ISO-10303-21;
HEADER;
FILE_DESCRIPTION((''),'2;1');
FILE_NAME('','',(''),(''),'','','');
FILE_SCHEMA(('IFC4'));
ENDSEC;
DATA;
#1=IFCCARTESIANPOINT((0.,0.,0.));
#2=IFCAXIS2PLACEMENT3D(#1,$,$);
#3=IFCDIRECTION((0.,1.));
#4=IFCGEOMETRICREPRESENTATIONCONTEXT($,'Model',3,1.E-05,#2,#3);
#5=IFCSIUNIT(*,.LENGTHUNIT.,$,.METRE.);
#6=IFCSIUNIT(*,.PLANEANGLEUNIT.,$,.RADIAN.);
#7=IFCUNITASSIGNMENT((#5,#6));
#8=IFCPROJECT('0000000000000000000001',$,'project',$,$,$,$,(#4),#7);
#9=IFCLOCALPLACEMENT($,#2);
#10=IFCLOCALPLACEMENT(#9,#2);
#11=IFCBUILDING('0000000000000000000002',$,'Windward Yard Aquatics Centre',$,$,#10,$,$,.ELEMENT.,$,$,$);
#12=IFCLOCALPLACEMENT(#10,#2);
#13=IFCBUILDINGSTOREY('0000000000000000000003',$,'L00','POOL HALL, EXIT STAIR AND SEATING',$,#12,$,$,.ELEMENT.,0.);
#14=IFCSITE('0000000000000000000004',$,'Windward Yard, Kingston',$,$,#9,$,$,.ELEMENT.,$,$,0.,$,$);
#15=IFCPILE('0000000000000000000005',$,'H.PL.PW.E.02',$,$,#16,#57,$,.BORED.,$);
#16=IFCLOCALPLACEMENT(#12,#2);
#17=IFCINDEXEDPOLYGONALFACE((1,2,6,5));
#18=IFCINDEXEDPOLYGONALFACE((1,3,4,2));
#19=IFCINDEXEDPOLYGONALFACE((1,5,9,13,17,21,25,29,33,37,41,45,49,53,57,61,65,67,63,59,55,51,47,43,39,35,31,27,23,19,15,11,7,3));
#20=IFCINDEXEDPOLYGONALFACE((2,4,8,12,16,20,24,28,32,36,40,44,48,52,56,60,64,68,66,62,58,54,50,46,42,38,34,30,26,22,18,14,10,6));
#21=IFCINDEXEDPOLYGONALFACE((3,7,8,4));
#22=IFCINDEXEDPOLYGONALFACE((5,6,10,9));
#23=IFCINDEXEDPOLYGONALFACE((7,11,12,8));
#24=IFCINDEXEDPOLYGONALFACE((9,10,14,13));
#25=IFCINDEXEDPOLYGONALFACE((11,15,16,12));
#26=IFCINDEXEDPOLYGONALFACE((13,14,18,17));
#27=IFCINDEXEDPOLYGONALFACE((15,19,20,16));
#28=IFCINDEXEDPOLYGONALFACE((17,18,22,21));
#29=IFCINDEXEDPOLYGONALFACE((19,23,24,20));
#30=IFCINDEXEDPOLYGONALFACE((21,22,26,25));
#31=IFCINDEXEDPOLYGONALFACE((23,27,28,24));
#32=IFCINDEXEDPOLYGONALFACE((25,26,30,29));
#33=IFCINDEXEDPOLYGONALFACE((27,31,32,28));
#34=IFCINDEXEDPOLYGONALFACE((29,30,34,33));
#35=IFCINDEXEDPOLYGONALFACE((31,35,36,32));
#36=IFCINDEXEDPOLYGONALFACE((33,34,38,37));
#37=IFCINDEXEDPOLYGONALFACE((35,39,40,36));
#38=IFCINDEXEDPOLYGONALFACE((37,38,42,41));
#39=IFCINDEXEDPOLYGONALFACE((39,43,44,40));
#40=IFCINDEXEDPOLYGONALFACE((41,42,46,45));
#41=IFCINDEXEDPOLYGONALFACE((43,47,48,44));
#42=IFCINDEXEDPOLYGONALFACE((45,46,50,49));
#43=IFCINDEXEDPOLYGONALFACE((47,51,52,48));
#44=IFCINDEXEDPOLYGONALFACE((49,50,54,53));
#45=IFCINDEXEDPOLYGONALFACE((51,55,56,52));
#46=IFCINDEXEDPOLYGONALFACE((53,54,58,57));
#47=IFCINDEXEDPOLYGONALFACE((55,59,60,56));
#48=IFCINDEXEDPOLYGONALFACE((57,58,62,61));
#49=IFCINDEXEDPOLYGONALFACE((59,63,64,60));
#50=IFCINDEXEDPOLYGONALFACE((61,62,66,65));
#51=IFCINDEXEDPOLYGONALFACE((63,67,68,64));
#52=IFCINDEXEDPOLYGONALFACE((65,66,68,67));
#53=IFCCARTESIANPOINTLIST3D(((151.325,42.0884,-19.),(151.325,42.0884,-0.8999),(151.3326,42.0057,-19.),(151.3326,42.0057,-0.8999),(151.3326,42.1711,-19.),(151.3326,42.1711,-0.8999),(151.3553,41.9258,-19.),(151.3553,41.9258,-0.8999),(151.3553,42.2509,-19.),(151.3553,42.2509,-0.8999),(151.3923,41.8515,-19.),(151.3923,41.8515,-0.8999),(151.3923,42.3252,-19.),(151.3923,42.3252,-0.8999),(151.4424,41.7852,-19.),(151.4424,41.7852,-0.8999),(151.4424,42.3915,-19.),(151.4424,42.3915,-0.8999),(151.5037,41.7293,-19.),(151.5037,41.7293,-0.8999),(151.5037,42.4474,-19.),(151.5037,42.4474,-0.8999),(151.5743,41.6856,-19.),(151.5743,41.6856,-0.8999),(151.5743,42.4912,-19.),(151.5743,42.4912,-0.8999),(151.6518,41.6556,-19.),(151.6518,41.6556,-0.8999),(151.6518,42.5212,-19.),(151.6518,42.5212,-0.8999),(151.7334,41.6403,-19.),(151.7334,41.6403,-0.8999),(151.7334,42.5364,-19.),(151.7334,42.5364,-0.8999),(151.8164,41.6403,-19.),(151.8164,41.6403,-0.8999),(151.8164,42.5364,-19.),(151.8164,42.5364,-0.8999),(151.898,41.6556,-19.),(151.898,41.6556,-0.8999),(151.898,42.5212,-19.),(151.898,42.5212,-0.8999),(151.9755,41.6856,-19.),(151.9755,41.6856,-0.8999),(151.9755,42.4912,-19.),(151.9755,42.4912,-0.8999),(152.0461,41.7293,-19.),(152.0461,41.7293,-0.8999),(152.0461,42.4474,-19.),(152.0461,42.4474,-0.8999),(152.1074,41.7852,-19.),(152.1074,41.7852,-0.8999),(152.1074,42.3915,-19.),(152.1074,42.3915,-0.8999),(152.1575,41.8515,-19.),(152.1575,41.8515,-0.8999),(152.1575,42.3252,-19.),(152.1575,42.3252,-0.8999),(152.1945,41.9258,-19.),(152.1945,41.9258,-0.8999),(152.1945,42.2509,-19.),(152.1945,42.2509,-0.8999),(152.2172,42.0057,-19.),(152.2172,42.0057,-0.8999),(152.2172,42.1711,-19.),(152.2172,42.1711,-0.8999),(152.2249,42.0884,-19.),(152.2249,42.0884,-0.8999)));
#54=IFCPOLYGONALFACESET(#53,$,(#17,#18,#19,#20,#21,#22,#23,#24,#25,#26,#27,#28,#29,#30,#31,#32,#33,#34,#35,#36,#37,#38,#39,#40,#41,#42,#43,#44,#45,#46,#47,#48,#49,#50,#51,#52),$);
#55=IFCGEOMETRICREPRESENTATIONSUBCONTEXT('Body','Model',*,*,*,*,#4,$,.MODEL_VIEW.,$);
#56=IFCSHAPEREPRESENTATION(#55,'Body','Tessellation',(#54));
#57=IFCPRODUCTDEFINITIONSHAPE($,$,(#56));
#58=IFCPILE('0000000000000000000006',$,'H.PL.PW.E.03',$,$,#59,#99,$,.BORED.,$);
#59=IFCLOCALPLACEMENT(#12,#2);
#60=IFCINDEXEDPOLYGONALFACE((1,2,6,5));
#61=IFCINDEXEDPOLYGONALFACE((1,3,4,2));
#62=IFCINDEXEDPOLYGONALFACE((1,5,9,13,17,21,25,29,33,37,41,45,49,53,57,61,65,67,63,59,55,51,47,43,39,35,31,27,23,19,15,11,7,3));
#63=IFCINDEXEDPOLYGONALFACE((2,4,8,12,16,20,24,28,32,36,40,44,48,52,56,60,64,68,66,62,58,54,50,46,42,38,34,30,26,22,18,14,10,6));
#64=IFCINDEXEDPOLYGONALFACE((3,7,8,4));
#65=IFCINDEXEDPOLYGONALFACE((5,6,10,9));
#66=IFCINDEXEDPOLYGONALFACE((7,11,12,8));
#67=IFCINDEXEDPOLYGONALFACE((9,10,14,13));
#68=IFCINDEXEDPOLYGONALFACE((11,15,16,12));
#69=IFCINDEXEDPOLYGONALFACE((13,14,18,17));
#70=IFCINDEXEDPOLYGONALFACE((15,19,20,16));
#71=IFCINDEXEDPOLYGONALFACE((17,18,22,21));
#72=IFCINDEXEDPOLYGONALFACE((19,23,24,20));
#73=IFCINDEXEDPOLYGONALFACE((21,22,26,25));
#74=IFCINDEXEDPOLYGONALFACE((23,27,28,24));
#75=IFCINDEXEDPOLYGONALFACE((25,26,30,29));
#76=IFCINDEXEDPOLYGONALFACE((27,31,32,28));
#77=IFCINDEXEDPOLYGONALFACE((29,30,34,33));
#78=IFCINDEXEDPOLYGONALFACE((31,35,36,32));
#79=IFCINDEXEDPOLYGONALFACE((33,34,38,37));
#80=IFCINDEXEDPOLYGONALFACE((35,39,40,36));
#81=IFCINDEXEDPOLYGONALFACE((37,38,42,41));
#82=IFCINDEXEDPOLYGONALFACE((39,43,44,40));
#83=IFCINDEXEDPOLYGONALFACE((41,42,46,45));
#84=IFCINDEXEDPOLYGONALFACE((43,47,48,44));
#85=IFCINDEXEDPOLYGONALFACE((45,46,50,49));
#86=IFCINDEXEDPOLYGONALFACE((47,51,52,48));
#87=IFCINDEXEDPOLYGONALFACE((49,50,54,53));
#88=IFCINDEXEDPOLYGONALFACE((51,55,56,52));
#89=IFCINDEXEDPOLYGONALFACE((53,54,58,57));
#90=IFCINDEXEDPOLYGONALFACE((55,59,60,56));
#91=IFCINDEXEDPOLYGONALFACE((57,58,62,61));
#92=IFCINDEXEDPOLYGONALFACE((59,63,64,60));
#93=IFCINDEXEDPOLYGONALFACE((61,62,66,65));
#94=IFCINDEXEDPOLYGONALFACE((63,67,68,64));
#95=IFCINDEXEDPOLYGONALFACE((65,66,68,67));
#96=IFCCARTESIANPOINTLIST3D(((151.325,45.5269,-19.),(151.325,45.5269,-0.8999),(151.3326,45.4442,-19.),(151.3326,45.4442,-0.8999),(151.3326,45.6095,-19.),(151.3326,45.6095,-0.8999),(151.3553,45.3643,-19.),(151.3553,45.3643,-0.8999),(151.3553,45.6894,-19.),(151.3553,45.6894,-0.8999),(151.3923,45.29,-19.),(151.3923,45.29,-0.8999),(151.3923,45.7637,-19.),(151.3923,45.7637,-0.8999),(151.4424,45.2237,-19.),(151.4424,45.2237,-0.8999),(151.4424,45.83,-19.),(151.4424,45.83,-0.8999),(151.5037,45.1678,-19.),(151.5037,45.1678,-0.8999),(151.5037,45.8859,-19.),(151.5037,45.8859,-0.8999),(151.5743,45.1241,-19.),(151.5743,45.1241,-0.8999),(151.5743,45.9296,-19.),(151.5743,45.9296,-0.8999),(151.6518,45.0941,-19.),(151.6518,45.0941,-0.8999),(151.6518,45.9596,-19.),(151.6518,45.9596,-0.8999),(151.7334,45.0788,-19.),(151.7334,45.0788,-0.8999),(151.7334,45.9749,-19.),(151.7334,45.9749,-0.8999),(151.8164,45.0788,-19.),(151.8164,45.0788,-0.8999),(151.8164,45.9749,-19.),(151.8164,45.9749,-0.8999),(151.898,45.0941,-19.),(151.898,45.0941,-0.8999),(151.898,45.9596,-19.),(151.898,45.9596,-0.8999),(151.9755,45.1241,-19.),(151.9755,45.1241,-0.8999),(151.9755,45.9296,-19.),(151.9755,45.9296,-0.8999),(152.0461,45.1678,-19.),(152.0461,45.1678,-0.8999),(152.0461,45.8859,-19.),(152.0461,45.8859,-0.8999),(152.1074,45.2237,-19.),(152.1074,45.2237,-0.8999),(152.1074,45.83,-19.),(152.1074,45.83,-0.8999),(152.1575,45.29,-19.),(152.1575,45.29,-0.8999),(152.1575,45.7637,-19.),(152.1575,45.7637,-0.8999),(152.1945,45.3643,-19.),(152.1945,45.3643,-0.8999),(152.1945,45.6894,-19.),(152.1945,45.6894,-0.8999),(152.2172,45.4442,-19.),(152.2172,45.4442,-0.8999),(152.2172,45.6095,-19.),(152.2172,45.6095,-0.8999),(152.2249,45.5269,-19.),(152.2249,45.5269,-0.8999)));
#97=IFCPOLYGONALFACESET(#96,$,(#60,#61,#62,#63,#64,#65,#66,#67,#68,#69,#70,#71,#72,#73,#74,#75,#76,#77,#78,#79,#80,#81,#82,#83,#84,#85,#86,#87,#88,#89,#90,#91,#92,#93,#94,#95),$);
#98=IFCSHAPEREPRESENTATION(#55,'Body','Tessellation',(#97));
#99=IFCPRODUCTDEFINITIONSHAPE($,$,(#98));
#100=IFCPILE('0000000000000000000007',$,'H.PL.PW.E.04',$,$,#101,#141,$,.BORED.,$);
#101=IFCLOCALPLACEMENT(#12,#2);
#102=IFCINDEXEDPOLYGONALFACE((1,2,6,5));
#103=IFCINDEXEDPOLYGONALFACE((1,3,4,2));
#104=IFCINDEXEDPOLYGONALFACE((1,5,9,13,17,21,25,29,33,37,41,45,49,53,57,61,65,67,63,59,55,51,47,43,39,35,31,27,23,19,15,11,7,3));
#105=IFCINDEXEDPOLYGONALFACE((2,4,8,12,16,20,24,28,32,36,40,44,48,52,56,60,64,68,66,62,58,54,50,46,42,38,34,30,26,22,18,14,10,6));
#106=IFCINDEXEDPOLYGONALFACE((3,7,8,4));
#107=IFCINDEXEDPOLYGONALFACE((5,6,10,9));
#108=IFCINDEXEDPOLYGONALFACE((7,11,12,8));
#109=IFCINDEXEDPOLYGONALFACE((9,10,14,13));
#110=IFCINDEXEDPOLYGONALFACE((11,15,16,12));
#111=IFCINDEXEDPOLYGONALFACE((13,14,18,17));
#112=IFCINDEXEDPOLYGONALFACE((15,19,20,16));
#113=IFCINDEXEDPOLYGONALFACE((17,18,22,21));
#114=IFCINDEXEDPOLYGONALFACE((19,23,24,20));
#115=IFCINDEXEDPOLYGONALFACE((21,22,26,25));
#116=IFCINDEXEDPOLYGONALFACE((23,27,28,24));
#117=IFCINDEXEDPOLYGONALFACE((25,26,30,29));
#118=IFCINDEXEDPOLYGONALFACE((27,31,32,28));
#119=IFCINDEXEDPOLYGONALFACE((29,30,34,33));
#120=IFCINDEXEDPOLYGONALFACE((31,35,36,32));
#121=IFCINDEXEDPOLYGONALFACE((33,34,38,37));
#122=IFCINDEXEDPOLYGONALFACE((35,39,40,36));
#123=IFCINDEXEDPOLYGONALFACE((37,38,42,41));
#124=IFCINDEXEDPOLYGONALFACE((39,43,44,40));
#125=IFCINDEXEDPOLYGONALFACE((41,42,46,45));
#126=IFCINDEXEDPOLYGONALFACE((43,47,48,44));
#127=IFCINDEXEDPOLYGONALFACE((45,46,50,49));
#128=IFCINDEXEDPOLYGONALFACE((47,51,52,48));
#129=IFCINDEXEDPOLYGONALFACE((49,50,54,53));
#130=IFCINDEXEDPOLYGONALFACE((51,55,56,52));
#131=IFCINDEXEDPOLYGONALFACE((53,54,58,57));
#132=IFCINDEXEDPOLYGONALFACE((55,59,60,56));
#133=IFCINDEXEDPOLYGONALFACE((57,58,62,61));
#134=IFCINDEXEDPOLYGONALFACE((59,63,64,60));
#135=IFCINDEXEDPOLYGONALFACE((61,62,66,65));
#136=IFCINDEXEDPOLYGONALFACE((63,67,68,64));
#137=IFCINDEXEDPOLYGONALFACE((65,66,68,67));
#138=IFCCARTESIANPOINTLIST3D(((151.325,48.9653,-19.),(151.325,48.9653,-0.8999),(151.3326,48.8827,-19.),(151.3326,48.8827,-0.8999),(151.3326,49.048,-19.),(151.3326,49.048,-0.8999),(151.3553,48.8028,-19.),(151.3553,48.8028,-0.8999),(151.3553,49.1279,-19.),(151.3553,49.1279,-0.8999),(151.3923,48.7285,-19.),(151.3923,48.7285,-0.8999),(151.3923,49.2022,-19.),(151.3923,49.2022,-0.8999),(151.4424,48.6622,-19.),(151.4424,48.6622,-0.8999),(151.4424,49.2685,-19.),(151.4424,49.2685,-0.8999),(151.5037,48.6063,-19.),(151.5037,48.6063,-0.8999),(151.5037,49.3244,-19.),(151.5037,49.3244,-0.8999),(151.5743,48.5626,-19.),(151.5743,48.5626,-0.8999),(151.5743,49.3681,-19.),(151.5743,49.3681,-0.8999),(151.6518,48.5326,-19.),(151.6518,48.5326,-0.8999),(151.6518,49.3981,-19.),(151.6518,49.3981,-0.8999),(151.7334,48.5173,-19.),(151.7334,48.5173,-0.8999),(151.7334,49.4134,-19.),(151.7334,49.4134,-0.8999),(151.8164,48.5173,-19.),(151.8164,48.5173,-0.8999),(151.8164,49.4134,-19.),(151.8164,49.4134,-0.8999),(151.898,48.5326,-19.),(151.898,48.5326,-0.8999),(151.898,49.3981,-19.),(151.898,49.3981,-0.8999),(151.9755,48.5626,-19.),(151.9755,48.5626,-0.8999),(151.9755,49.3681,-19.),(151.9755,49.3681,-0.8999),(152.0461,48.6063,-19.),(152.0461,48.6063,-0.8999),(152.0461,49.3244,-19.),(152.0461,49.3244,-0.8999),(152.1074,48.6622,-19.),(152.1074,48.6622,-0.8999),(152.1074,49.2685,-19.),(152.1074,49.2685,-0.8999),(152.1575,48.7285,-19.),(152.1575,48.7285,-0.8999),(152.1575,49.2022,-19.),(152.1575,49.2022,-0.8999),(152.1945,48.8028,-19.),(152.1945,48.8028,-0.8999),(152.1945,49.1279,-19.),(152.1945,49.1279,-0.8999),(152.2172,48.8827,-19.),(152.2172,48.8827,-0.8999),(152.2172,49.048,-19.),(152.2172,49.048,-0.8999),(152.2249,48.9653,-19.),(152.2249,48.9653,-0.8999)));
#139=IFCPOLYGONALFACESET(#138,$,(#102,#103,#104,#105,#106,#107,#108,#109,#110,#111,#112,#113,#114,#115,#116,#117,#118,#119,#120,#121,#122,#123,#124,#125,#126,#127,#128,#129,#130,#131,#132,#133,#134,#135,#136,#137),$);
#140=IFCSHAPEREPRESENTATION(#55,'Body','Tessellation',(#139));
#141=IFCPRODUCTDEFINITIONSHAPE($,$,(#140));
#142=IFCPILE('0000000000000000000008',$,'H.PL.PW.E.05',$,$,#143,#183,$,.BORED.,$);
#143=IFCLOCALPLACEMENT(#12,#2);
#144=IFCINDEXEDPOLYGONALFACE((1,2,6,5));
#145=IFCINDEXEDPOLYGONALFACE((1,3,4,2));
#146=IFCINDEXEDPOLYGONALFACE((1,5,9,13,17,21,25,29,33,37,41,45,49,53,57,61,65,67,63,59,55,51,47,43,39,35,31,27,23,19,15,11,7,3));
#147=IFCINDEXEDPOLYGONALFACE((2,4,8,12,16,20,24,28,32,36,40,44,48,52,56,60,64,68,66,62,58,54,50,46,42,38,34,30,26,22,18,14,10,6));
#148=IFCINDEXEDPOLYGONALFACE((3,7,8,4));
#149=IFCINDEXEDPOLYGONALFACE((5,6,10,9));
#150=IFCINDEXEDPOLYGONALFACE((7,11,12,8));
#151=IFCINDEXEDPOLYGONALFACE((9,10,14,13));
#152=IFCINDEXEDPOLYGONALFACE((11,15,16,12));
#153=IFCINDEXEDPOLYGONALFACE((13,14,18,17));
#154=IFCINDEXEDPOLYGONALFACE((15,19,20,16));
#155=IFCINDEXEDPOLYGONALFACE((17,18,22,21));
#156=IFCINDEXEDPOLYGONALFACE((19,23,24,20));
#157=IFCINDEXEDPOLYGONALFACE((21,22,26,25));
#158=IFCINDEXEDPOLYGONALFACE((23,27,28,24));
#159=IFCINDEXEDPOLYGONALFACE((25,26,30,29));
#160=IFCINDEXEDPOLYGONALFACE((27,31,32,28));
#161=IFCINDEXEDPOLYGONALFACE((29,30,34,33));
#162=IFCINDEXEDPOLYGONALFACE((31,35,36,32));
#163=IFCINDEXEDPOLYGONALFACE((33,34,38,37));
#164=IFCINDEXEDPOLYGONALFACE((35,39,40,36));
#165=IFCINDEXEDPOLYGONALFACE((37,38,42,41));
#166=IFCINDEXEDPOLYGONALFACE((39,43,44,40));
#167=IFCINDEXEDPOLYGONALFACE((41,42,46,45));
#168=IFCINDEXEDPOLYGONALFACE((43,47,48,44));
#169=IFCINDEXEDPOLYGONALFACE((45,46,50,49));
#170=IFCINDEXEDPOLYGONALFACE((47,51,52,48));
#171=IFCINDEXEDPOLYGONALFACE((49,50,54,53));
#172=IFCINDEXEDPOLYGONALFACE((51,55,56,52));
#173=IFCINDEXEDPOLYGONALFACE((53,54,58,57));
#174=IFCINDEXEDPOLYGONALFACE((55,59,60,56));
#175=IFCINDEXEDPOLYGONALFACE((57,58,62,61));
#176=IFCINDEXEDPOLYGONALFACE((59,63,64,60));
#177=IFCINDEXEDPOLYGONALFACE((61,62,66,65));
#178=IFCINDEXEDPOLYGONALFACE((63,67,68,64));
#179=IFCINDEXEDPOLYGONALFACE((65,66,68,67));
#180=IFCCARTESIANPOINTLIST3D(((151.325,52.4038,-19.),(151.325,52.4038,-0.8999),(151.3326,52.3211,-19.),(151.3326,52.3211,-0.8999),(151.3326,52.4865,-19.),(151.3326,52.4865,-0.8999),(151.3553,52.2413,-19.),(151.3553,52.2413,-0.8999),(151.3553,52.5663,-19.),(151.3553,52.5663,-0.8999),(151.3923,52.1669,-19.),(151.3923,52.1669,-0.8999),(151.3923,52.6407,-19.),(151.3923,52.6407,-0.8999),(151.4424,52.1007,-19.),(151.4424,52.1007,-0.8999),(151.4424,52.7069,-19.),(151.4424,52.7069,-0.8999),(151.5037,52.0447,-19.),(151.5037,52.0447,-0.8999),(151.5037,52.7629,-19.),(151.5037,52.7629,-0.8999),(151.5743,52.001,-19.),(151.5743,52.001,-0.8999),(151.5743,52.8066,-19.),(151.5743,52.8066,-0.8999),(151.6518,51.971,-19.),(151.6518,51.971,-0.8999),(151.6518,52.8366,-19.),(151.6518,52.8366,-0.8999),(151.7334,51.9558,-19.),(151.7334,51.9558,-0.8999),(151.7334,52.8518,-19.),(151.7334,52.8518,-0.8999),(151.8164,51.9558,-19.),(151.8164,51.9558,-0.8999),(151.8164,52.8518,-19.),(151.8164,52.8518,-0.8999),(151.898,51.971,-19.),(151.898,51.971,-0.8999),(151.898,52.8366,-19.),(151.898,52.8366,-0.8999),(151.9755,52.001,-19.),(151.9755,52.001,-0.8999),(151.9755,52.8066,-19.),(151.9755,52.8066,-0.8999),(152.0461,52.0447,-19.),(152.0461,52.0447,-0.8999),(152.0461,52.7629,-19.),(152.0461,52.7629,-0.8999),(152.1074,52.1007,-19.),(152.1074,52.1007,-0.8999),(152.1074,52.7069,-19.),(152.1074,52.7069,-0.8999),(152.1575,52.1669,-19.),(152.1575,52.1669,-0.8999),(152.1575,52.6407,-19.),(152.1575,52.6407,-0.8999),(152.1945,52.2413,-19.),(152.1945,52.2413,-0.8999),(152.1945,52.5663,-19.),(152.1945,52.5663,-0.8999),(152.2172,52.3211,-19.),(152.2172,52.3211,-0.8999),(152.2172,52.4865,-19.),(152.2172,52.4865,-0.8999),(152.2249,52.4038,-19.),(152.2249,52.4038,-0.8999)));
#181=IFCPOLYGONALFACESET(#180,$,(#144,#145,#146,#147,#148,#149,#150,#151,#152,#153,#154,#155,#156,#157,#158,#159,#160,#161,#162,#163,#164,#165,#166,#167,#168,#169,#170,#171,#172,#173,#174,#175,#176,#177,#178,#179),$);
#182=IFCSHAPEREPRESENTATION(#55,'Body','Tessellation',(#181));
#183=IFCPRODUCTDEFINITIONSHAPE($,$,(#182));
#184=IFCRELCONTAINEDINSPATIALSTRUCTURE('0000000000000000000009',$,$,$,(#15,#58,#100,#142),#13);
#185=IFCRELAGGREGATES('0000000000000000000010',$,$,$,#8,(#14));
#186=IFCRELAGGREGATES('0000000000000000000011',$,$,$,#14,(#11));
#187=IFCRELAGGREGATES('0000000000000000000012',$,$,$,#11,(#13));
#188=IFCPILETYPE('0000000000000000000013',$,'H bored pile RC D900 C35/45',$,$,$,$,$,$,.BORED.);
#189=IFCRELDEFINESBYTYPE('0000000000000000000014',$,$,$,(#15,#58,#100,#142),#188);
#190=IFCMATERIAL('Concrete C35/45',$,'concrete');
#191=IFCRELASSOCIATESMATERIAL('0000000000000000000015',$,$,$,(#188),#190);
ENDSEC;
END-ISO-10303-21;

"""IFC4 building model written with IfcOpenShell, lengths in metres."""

from ifc_helpers import new_model, si_unit, direction, frame, origin, origin_2d, place, context, subcontext, project, spatial, circle, extrude, material, material_profile, profile_set, type_object, element, save


model = new_model("IFC4")

# Units and contexts
model_context = context("Model", 3, precision=1e-05, world=origin(), true_north=direction((0.0, 1.0)))
body_context = subcontext(model_context, "Body", "Model", "MODEL_VIEW")
ifc_project = project(units=[si_unit("LENGTHUNIT", "METRE"), si_unit("PLANEANGLEUNIT", "RADIAN")], contexts=[model_context])

# Site, building, storey
site_placement = place(None, origin())
site = spatial("IfcSite", under=ifc_project, at=site_placement, Name="Windward Yard, Kingston", CompositionType="ELEMENT", RefElevation=0.0)
building_placement = place(site_placement, origin())
building = spatial("IfcBuilding", under=site, at=building_placement, Name="Windward Yard Aquatics Centre", CompositionType="ELEMENT")
storey_placement = place(building_placement, origin())
storey = spatial("IfcBuildingStorey", under=building, at=storey_placement, Name="L00", Description="POOL HALL, EXIT STAIR AND SEATING", CompositionType="ELEMENT", Elevation=0.0)

# Piles
ifc_material_1 = material(Name="Concrete C35/45", Category="concrete")
ifc_material_profile_1 = material_profile(ifc_material_1, circle(Radius=0.45, at=origin_2d()), Name="RC D900")
ifc_profile_set_1 = profile_set([ifc_material_profile_1], Name="Concrete C35/45")
pile_type = type_object("IfcPileType", Name="H bored pile RC D900 C35/45", PredefinedType="BORED", material=ifc_profile_set_1)
for number, where, z_axis, x_axis, name in (
    (1, (151.7749, 42.0884, -0.8999), (0.0, 0.0, -1.0), (1.0, 0.0, 0.0), "H.PL.PW.E.02"),
    (2, (151.7749, 45.5269, -0.8999), (0.0, 0.0, -1.0), (1.0, 0.0, 0.0), "H.PL.PW.E.03"),
    (3, (151.7749, 48.9653, -0.8999), (0.0, 0.0, -1.0), (1.0, 0.0, 0.0), "H.PL.PW.E.04"),
    (4, (151.7749, 52.4038, -0.8999), (0.0, 0.0, -1.0), (1.0, 0.0, 0.0), "H.PL.PW.E.05"),
):
    element("IfcPile", number, at=place(storey_placement, frame(where, z_axis=z_axis, x_axis=x_axis)), inside=storey, type_object=pile_type, Name=name, PredefinedType="BORED", context=body_context, shape_type="SweptSolid", body=[
        extrude(circle(Radius=0.45, at=origin_2d()), origin(), (0.0, 0.0, 1.0), 18.1001),
    ])

save(model, "model.ifc")
